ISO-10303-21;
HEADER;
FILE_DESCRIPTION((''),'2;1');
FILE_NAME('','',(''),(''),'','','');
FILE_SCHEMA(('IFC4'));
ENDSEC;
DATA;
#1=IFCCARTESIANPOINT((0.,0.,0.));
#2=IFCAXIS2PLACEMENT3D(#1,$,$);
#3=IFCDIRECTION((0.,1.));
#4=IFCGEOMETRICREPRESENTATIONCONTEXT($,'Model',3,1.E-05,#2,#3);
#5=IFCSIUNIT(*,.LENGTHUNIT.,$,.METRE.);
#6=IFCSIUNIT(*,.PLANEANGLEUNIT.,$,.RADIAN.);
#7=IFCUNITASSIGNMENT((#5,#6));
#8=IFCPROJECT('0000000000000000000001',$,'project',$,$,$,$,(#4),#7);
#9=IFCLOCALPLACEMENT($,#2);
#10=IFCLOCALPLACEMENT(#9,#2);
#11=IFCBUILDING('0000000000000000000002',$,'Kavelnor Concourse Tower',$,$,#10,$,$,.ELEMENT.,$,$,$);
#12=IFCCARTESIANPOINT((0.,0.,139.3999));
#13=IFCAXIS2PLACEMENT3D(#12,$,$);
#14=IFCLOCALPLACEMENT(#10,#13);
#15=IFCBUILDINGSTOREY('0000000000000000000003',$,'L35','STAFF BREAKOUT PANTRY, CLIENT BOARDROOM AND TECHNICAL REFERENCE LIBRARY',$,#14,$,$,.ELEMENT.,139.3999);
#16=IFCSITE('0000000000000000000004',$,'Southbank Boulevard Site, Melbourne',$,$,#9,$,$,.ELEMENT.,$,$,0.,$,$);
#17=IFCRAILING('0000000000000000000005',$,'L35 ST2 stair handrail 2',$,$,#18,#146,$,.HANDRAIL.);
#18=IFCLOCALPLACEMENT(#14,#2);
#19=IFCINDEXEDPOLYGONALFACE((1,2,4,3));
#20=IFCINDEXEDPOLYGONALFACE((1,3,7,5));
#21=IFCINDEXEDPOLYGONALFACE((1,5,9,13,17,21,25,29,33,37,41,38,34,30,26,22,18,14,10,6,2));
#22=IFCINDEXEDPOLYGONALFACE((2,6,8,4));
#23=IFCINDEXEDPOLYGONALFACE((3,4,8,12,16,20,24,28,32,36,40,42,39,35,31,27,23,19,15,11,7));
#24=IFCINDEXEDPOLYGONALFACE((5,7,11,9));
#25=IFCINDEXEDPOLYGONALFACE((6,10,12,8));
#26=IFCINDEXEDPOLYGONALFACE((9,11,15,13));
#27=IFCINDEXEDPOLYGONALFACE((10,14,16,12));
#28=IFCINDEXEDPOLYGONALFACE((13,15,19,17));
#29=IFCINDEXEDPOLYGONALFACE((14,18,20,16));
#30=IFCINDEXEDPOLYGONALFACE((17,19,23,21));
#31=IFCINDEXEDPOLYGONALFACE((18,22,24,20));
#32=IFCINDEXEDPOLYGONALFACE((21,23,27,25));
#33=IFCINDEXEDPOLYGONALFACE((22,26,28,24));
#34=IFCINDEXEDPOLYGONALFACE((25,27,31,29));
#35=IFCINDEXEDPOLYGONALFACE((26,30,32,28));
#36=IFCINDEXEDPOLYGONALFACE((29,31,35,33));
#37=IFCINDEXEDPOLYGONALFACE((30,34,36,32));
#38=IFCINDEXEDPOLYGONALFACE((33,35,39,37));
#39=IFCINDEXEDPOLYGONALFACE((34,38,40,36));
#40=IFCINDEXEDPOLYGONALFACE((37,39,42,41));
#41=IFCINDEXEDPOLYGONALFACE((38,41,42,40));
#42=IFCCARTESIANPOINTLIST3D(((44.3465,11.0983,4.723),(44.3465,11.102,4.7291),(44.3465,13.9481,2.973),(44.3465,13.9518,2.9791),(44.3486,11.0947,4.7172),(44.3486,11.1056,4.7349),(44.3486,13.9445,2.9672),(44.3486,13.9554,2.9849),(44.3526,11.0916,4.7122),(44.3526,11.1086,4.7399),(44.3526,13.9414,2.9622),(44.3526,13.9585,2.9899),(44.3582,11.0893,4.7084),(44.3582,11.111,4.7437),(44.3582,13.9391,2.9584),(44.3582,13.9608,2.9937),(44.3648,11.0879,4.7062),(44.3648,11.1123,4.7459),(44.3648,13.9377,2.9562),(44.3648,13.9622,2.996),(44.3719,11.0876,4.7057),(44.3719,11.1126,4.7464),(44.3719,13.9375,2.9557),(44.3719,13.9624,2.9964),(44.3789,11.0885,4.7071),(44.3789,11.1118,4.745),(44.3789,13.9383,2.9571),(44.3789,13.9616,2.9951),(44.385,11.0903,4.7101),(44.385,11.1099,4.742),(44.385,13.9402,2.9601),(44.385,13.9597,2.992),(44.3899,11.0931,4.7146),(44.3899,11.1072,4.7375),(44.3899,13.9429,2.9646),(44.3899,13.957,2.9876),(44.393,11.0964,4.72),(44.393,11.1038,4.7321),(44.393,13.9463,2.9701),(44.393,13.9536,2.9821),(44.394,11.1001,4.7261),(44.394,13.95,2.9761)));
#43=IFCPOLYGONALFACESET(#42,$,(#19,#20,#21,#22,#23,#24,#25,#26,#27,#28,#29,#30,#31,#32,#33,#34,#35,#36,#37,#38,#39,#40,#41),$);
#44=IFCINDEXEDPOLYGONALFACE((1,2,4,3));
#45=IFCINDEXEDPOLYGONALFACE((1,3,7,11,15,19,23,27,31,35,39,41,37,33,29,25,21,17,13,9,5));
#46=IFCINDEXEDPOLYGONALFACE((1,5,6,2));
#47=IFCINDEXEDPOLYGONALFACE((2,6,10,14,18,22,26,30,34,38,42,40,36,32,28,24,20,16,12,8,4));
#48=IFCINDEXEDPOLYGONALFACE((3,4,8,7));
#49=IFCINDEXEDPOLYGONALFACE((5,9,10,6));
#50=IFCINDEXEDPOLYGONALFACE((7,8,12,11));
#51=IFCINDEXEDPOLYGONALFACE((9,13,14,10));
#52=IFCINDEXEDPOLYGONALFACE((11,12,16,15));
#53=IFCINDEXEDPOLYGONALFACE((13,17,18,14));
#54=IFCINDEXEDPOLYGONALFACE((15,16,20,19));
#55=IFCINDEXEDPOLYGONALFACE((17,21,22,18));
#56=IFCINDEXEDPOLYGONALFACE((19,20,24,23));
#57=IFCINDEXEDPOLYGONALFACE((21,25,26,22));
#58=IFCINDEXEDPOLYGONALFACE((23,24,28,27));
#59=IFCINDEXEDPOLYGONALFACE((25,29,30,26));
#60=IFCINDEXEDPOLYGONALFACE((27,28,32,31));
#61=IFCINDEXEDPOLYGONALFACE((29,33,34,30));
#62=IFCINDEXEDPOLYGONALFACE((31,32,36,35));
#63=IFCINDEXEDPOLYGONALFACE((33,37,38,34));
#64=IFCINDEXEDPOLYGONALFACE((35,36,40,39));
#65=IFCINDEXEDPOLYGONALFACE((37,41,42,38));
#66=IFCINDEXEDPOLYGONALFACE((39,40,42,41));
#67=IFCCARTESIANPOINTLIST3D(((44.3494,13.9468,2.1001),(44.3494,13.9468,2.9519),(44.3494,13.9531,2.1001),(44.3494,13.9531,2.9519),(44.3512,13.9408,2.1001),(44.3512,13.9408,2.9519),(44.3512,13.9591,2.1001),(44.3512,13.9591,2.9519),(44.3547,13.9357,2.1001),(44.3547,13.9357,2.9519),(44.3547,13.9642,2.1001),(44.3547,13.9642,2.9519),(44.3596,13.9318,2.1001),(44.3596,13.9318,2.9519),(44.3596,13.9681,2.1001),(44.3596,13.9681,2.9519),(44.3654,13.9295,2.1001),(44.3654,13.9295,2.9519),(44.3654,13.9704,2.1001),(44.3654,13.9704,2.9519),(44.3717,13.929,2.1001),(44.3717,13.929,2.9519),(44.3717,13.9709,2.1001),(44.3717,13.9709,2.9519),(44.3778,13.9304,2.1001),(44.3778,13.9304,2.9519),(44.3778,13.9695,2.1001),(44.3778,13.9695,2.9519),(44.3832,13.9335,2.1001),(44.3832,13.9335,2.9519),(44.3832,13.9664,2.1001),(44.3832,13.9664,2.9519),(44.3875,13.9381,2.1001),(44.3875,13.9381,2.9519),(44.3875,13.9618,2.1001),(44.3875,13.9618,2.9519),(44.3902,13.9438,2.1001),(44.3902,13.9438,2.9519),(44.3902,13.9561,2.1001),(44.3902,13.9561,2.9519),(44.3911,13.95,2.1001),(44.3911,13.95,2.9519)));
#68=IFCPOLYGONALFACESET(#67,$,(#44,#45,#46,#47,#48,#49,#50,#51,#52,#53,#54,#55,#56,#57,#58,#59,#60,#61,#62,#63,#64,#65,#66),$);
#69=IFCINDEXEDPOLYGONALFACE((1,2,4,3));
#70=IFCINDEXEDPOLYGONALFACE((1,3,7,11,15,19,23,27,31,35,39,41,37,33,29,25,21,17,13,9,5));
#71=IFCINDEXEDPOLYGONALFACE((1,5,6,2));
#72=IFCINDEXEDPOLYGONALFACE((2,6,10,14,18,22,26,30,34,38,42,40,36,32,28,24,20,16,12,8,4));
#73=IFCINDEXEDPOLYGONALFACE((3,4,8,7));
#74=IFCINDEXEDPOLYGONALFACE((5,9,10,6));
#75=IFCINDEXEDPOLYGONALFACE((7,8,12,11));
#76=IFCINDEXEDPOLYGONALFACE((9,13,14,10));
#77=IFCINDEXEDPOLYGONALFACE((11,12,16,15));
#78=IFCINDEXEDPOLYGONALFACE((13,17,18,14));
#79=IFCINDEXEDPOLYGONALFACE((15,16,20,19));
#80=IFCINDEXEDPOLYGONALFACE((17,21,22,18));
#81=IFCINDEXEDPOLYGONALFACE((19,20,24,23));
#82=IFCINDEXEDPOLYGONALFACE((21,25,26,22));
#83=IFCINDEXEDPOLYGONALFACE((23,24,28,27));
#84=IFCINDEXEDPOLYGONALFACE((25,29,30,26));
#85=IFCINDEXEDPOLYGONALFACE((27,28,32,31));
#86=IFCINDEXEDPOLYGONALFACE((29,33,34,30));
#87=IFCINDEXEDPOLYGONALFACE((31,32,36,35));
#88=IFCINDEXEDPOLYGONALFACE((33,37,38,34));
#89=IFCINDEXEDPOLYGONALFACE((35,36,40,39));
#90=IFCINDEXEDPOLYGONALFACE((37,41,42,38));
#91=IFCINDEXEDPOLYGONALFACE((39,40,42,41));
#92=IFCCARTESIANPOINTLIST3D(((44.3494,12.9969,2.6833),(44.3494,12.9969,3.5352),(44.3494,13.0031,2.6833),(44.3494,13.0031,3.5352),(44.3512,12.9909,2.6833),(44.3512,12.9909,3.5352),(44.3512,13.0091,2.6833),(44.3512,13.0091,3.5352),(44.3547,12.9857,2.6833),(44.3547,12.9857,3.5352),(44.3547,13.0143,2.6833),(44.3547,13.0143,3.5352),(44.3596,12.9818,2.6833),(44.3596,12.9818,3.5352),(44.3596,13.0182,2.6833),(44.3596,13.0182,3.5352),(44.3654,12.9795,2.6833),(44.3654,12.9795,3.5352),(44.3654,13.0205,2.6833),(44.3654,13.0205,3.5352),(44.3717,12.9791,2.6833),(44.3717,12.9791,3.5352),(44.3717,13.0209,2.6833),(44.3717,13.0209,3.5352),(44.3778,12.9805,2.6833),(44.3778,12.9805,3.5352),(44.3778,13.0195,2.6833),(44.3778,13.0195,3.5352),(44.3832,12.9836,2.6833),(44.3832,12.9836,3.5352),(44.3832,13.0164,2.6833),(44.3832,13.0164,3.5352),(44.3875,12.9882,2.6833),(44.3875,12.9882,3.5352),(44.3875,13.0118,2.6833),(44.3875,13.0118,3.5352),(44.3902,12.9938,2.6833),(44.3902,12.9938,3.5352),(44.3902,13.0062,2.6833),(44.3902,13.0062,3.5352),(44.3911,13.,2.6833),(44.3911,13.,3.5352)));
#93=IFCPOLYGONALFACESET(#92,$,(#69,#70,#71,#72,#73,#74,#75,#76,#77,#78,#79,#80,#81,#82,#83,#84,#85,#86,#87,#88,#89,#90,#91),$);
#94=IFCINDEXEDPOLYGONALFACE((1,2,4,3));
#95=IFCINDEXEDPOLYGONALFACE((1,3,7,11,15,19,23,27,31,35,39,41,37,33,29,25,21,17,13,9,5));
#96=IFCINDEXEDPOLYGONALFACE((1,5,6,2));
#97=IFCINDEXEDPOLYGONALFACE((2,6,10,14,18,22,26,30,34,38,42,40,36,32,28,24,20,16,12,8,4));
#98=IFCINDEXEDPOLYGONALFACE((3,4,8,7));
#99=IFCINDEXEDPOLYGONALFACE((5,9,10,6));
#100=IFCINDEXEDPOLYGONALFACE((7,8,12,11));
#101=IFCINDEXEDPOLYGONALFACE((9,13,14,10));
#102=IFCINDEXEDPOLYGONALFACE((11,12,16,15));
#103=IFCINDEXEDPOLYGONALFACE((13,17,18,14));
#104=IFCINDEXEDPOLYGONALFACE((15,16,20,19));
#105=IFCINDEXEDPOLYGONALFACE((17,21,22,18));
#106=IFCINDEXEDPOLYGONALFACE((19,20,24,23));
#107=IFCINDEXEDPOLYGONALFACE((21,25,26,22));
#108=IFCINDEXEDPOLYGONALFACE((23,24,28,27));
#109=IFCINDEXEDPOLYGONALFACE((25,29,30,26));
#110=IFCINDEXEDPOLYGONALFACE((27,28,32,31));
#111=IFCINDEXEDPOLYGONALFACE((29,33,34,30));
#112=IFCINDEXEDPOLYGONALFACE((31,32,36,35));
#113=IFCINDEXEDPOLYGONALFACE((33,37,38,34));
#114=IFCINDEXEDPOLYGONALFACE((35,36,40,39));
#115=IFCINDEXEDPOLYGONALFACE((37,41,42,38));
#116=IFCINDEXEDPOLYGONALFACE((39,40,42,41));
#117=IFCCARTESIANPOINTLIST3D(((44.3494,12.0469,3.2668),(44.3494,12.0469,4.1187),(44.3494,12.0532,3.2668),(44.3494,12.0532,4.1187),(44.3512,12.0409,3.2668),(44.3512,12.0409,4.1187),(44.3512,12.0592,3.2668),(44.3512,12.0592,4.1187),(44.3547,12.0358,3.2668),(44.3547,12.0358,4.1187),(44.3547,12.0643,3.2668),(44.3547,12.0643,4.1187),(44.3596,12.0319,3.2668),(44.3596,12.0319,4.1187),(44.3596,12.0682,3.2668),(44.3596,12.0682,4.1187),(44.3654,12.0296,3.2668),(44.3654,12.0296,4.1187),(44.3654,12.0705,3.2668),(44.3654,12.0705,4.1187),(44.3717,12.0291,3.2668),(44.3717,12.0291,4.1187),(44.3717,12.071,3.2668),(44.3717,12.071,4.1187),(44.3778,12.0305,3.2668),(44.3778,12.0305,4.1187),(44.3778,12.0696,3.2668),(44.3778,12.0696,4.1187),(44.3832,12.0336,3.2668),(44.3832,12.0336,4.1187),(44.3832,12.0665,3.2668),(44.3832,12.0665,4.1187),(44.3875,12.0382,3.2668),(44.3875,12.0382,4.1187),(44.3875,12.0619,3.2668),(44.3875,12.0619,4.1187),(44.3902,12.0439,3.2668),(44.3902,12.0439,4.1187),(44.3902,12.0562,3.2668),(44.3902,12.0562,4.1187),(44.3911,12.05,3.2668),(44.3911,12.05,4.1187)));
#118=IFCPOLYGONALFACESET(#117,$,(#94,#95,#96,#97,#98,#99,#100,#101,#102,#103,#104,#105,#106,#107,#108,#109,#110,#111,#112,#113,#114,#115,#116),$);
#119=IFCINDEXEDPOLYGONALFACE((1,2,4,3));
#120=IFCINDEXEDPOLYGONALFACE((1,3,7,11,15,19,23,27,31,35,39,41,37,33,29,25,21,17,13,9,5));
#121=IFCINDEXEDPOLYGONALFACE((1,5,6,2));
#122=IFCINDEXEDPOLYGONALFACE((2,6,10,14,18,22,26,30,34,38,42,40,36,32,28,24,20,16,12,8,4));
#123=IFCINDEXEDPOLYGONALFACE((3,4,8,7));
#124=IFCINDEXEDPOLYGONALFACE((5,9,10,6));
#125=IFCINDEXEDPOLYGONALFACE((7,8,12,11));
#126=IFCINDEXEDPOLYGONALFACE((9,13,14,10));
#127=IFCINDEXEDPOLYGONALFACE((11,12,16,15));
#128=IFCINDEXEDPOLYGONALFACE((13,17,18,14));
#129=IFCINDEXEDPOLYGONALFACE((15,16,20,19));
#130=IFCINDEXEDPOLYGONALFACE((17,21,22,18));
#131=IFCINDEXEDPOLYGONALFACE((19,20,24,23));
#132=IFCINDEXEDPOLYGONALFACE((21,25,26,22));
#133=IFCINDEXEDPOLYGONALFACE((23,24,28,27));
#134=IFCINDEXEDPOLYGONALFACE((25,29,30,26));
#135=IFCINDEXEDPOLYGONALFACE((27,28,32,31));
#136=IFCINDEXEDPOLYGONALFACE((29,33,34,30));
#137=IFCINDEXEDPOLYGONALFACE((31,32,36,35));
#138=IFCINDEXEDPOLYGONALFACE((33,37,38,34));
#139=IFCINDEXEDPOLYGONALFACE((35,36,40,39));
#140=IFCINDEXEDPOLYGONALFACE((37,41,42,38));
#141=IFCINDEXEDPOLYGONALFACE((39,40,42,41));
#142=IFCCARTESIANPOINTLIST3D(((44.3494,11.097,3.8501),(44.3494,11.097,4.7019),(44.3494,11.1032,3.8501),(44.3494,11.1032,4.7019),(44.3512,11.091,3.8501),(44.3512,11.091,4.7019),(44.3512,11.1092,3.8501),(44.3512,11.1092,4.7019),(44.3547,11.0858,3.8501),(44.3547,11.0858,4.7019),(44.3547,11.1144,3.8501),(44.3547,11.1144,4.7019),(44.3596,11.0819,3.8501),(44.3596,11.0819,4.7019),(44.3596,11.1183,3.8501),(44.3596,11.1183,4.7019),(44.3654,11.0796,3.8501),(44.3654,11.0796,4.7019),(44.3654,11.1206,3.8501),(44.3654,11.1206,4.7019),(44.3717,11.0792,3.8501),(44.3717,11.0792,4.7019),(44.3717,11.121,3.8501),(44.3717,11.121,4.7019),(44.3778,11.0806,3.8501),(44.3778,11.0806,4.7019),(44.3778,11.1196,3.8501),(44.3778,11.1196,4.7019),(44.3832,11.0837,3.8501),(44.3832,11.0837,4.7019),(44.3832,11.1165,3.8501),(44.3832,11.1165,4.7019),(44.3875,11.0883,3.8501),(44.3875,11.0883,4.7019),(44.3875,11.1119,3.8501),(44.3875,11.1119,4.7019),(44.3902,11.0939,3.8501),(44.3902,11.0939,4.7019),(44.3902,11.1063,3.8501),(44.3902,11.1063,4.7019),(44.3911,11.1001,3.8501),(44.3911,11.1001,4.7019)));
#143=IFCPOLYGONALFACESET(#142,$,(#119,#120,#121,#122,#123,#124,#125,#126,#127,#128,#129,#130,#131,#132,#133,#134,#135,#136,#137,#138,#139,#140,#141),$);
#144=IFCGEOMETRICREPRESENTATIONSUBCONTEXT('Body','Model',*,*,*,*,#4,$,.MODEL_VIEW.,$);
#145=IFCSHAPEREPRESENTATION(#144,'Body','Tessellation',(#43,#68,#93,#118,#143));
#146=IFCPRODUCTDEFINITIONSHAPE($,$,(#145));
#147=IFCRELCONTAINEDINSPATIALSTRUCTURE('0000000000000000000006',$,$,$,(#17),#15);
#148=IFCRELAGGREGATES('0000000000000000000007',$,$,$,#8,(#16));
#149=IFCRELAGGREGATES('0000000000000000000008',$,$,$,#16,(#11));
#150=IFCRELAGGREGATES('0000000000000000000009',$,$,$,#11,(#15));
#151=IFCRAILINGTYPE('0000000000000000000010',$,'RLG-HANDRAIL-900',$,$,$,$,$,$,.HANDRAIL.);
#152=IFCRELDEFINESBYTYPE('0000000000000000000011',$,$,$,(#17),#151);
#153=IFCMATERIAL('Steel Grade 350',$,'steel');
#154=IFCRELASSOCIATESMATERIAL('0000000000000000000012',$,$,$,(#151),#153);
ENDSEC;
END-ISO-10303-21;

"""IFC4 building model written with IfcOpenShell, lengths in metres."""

from ifc_helpers import new_model, si_unit, direction, frame, origin, origin_2d, place, context, subcontext, project, spatial, circle, extrude, material, type_object, element, save


model = new_model("IFC4")

# Units and contexts
model_context = context("Model", 3, precision=1e-05, world=origin(), true_north=direction((0.0, 1.0)))
body_context = subcontext(model_context, "Body", "Model", "MODEL_VIEW")
ifc_project = project(units=[si_unit("LENGTHUNIT", "METRE"), si_unit("PLANEANGLEUNIT", "RADIAN")], contexts=[model_context])

# Site, building, storey
site_placement = place(None, origin())
site = spatial("IfcSite", under=ifc_project, at=site_placement, Name="Southbank Boulevard Site, Melbourne", CompositionType="ELEMENT", RefElevation=0.0)
building_placement = place(site_placement, origin())
building = spatial("IfcBuilding", under=site, at=building_placement, Name="Kavelnor Concourse Tower", CompositionType="ELEMENT")
storey_placement = place(building_placement, frame((0.0, 0.0, 139.3999)))
storey = spatial("IfcBuildingStorey", under=building, at=storey_placement, Name="L35", Description="STAFF BREAKOUT PANTRY, CLIENT BOARDROOM AND TECHNICAL REFERENCE LIBRARY", CompositionType="ELEMENT", Elevation=139.3999)

# Shared definitions
ifc_material_1 = material(Name="Steel Grade 350", Category="steel")

# Railing
railing_type_1 = type_object("IfcRailingType", Name="RLG-HANDRAIL-900", PredefinedType="HANDRAIL", material=ifc_material_1)
railing_1_placement = place(storey_placement, frame((44.3701, 13.95, 2.1001)))
element("IfcRailing", 1, at=railing_1_placement, inside=storey, type_object=railing_type_1, Name="L35 ST2 stair handrail 2", PredefinedType="HANDRAIL", context=body_context, shape_type="SweptSolid", body=[
    extrude(circle(Radius=0.0239, at=origin_2d()), frame((0.0, 0.0, 0.876), z_axis=(0.0, -0.852159, 0.523283), x_axis=(1.0, 0.0, 0.0)), (0.0, 0.0, 1.0), 3.3442),
    extrude(circle(Radius=0.021, at=origin_2d()), origin(), (0.0, 0.0, 1.0), 0.8518),
    extrude(circle(Radius=0.021, at=origin_2d()), frame((0.0, -0.95, 0.5833)), (0.0, 0.0, 1.0), 0.8518),
    extrude(circle(Radius=0.021, at=origin_2d()), frame((0.0, -1.8999, 1.1667)), (0.0, 0.0, 1.0), 0.8518),
    extrude(circle(Radius=0.021, at=origin_2d()), frame((0.0, -2.8499, 1.75)), (0.0, 0.0, 1.0), 0.8518),
])

save(model, "model.ifc")
